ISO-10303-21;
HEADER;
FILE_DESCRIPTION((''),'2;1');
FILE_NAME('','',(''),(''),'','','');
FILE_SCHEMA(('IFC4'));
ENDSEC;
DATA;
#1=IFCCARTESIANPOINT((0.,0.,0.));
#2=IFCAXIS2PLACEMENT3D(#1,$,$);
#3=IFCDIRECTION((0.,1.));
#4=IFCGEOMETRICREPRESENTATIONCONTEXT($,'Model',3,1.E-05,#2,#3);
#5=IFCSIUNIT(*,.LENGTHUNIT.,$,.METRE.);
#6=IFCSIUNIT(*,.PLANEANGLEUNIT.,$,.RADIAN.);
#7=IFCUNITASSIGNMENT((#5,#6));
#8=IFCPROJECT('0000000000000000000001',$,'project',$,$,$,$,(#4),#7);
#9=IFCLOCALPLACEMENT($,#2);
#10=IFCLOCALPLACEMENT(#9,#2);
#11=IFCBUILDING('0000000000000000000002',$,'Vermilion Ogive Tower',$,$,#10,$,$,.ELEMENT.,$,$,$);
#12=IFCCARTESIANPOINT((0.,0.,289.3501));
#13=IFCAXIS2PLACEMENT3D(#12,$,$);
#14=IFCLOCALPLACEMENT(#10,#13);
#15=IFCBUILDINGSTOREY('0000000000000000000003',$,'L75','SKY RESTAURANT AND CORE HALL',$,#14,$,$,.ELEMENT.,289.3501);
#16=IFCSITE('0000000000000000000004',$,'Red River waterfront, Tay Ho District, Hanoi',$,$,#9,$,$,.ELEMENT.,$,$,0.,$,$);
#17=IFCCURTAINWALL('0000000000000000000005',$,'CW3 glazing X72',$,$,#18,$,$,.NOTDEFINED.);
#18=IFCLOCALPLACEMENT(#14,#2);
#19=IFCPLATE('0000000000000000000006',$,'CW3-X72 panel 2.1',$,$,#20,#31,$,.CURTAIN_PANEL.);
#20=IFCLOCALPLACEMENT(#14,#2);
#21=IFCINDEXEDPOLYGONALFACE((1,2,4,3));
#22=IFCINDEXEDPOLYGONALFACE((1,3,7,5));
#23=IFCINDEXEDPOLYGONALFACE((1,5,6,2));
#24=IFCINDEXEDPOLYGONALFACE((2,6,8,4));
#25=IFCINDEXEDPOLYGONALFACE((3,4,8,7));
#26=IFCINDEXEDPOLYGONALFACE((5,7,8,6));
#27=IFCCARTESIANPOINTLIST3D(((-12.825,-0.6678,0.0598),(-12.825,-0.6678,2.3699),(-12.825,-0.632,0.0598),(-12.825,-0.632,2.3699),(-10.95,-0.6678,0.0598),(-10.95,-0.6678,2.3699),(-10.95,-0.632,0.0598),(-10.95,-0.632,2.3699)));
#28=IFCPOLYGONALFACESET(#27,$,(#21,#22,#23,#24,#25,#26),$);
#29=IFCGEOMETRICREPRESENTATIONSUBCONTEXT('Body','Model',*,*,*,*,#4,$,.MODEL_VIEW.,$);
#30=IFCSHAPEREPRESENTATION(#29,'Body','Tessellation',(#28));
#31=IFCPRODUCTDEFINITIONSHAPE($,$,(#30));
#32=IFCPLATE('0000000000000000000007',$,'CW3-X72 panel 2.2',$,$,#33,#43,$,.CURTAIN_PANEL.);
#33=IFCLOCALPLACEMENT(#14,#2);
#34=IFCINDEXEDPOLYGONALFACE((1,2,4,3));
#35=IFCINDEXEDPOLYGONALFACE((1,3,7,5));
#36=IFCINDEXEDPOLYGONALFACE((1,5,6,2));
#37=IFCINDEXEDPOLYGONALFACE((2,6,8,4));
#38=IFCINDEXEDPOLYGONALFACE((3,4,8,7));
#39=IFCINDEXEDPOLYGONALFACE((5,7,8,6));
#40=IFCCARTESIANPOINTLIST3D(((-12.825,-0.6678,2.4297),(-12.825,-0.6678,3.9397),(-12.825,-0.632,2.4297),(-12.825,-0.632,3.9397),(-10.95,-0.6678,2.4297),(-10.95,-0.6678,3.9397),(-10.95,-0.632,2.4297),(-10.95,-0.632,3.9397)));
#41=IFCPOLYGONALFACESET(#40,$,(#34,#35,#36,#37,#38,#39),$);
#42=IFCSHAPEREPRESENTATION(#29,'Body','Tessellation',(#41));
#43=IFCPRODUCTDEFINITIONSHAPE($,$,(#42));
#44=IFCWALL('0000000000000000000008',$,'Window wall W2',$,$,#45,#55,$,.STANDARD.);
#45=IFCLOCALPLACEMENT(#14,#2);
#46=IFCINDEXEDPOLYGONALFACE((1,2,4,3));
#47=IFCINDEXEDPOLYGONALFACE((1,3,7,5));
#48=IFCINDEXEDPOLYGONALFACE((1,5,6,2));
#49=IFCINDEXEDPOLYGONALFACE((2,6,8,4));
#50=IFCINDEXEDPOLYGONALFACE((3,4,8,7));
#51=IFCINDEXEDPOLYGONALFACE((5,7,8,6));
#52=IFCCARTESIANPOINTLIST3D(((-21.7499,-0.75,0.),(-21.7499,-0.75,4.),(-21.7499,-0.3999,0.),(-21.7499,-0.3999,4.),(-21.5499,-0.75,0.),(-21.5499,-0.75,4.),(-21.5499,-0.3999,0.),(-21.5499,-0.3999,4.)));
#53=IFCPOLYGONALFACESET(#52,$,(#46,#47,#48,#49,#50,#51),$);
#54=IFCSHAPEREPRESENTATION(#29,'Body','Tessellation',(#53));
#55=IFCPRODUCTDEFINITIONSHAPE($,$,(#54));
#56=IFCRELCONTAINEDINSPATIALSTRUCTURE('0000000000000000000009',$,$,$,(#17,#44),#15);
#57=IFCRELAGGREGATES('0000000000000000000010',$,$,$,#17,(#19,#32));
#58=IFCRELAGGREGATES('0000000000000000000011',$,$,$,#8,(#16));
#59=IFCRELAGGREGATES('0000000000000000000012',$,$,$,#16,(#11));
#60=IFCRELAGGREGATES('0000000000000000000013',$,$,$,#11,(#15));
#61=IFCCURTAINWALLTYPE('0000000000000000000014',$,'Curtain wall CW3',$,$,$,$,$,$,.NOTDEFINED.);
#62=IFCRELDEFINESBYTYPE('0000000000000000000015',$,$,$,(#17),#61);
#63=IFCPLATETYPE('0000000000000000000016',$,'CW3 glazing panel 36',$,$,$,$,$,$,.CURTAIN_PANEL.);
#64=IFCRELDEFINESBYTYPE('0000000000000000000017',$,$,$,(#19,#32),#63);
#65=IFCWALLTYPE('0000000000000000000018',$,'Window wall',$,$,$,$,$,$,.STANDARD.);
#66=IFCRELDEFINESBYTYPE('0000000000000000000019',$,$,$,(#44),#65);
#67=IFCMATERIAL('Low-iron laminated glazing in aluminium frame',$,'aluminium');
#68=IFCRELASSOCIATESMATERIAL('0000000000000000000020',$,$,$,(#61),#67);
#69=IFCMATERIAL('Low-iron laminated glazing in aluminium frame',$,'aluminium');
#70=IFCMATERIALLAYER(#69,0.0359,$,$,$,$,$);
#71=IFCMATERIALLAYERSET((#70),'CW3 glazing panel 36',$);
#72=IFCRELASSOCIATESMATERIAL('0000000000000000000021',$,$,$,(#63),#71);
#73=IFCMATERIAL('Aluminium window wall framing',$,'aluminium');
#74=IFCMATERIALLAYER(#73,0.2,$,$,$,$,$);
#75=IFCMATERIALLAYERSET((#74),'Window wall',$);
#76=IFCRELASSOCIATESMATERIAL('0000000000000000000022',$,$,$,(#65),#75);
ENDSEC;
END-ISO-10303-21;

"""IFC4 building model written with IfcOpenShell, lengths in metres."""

from ifc_helpers import new_model, si_unit, direction, frame, frame_2d, origin, origin_2d, place, context, subcontext, project, spatial, rectangle, extrude, material, layer, layer_set, type_object, element, aggregate, save


model = new_model("IFC4")

# Units and contexts
model_context = context("Model", 3, precision=1e-05, world=origin(), true_north=direction((0.0, 1.0)))
body_context = subcontext(model_context, "Body", "Model", "MODEL_VIEW")
ifc_project = project(units=[si_unit("LENGTHUNIT", "METRE"), si_unit("PLANEANGLEUNIT", "RADIAN")], contexts=[model_context])

# Site, building, storey
site_placement = place(None, origin())
site = spatial("IfcSite", under=ifc_project, at=site_placement, Name="Red River waterfront, Tay Ho District, Hanoi", CompositionType="ELEMENT", RefElevation=0.0)
building_placement = place(site_placement, origin())
building = spatial("IfcBuilding", under=site, at=building_placement, Name="Vermilion Ogive Tower", CompositionType="ELEMENT")
storey_placement = place(building_placement, frame((0.0, 0.0, 289.3501)))
storey = spatial("IfcBuildingStorey", under=building, at=storey_placement, Name="L75", Description="SKY RESTAURANT AND CORE HALL", CompositionType="ELEMENT", Elevation=289.3501)

# Curtain wall
ifc_material_1 = material(Name="Low-iron laminated glazing in aluminium frame", Category="aluminium")
curtain_wall_type = type_object("IfcCurtainWallType", Name="Curtain wall CW3", PredefinedType="NOTDEFINED", material=ifc_material_1)
curtain_wall_1_placement = place(storey_placement, origin())
curtain_wall_1 = element("IfcCurtainWall", 1, at=curtain_wall_1_placement, inside=storey, type_object=curtain_wall_type, Name="CW3 glazing X72", PredefinedType="NOTDEFINED")

# Plates
ifc_material_2 = material(Name="Low-iron laminated glazing in aluminium frame", Category="aluminium")
ifc_layer_1 = layer(ifc_material_2, 0.0359)
ifc_layer_set_1 = layer_set([ifc_layer_1], Name="CW3 glazing panel 36")
plate_type = type_object("IfcPlateType", Name="CW3 glazing panel 36", PredefinedType="CURTAIN_PANEL", material=ifc_layer_set_1)
plate_1_placement = place(storey_placement, frame((-11.8875, -0.6499, 0.0598), z_axis=(0.0, 0.0, 1.0), x_axis=(1.0, 0.0, 0.0)))
plate_1 = element("IfcPlate", 2, at=plate_1_placement, type_object=plate_type, Name="CW3-X72 panel 2.1", PredefinedType="CURTAIN_PANEL", context=body_context, shape_type="SweptSolid", body=[
    extrude(rectangle(XDim=1.875, YDim=0.0359, at=origin_2d()), origin(), (0.0, 0.0, 1.0), 2.3101),
])
plate_2_placement = place(storey_placement, frame((-11.8875, -0.6499, 2.4297), z_axis=(0.0, 0.0, 1.0), x_axis=(1.0, 0.0, 0.0)))
plate_2 = element("IfcPlate", 3, at=plate_2_placement, type_object=plate_type, Name="CW3-X72 panel 2.2", PredefinedType="CURTAIN_PANEL", context=body_context, shape_type="SweptSolid", body=[
    extrude(rectangle(XDim=1.875, YDim=0.0359, at=origin_2d()), origin(), (0.0, 0.0, 1.0), 1.51),
])
aggregate(curtain_wall_1, [plate_1, plate_2])

# Wall
ifc_material_3 = material(Name="Aluminium window wall framing", Category="aluminium")
ifc_layer_2 = layer(ifc_material_3, 0.2)
ifc_layer_set_2 = layer_set([ifc_layer_2], Name="Window wall")
wall_type = type_object("IfcWallType", Name="Window wall", PredefinedType="STANDARD", material=ifc_layer_set_2)
wall_placement = place(storey_placement, frame((-21.6499, -0.3999, 0.0), z_axis=(0.0, 0.0, 1.0), x_axis=(0.0, -1.0, 0.0)))
element("IfcWall", 4, at=wall_placement, inside=storey, type_object=wall_type, Name="Window wall W2", PredefinedType="STANDARD", context=body_context, shape_type="SweptSolid", body=[
    extrude(rectangle(XDim=0.3501, YDim=0.2, at=frame_2d((0.175, 0.0))), origin(), (0.0, 0.0, 1.0), 4.0),
])

save(model, "model.ifc")
